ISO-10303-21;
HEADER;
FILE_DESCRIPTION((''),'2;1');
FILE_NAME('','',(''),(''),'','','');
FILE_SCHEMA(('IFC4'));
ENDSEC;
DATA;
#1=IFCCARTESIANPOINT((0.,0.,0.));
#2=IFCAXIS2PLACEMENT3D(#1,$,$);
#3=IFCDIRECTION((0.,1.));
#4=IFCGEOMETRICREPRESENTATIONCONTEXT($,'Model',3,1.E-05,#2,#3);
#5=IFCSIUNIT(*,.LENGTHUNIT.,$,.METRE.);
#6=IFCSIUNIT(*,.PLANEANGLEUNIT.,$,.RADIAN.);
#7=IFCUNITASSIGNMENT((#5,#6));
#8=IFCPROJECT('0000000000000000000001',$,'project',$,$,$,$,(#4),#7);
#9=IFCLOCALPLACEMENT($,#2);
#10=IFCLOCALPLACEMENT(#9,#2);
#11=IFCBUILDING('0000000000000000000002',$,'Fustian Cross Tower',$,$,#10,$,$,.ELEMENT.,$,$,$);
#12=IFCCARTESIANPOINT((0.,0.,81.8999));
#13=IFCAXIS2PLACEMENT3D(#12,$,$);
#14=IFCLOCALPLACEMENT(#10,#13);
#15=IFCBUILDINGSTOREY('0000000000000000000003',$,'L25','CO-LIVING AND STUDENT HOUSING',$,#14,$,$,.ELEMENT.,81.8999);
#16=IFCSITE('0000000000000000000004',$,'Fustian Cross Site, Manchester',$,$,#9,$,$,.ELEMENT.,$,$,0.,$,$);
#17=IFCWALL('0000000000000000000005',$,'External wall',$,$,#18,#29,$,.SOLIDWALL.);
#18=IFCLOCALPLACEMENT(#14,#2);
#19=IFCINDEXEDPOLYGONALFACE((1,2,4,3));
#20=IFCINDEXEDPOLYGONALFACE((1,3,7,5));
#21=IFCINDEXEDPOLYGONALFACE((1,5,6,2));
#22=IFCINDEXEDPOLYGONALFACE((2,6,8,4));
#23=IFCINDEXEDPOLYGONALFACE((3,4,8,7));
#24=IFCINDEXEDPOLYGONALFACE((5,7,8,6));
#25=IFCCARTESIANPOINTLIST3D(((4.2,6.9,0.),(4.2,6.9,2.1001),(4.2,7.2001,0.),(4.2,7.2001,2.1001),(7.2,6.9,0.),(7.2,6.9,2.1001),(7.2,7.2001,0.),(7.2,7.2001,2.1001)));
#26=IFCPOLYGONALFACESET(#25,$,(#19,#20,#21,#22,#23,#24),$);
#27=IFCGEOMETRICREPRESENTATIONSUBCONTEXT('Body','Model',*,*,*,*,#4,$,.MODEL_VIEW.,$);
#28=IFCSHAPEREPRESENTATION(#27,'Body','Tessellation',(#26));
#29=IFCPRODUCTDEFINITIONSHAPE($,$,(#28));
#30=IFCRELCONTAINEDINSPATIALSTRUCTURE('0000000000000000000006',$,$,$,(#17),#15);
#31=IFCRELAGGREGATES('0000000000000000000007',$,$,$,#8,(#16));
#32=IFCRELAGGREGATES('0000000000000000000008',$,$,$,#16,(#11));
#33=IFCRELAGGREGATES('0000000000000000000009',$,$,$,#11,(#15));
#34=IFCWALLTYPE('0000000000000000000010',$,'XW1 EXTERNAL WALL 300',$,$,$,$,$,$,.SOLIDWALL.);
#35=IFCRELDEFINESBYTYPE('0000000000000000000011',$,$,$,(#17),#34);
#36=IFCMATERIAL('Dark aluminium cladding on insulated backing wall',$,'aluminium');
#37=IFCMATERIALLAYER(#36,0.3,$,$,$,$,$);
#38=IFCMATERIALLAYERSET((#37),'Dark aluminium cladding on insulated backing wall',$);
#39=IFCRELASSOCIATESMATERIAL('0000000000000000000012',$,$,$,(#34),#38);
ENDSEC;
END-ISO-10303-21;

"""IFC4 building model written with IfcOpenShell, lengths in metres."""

from ifc_helpers import new_model, si_unit, direction, frame, frame_2d, origin, place, context, subcontext, project, spatial, rectangle, extrude, material, layer, layer_set, type_object, element, save


model = new_model("IFC4")

# Units and contexts
model_context = context("Model", 3, precision=1e-05, world=origin(), true_north=direction((0.0, 1.0)))
body_context = subcontext(model_context, "Body", "Model", "MODEL_VIEW")
ifc_project = project(units=[si_unit("LENGTHUNIT", "METRE"), si_unit("PLANEANGLEUNIT", "RADIAN")], contexts=[model_context])

# Site, building, storey
site_placement = place(None, origin())
site = spatial("IfcSite", under=ifc_project, at=site_placement, Name="Fustian Cross Site, Manchester", CompositionType="ELEMENT", RefElevation=0.0)
building_placement = place(site_placement, origin())
building = spatial("IfcBuilding", under=site, at=building_placement, Name="Fustian Cross Tower", CompositionType="ELEMENT")
storey_placement = place(building_placement, frame((0.0, 0.0, 81.8999)))
storey = spatial("IfcBuildingStorey", under=building, at=storey_placement, Name="L25", Description="CO-LIVING AND STUDENT HOUSING", CompositionType="ELEMENT", Elevation=81.8999)

# Wall
ifc_material_1 = material(Name="Dark aluminium cladding on insulated backing wall", Category="aluminium")
ifc_layer_1 = layer(ifc_material_1, 0.3)
ifc_layer_set_1 = layer_set([ifc_layer_1], Name="Dark aluminium cladding on insulated backing wall")
wall_type_1 = type_object("IfcWallType", Name="XW1 EXTERNAL WALL 300", PredefinedType="SOLIDWALL", material=ifc_layer_set_1)
wall_1_placement = place(storey_placement, frame((7.2, 7.05, 0.0), z_axis=(0.0, 0.0, 1.0), x_axis=(-1.0, 0.0, 0.0)))
element("IfcWall", 1, at=wall_1_placement, inside=storey, type_object=wall_type_1, Name="External wall", PredefinedType="SOLIDWALL", context=body_context, shape_type="SweptSolid", body=[
    extrude(rectangle(XDim=3.0, YDim=0.3, at=frame_2d((1.5, 0.0))), origin(), (0.0, 0.0, 1.0), 2.1001),
])

save(model, "model.ifc")
